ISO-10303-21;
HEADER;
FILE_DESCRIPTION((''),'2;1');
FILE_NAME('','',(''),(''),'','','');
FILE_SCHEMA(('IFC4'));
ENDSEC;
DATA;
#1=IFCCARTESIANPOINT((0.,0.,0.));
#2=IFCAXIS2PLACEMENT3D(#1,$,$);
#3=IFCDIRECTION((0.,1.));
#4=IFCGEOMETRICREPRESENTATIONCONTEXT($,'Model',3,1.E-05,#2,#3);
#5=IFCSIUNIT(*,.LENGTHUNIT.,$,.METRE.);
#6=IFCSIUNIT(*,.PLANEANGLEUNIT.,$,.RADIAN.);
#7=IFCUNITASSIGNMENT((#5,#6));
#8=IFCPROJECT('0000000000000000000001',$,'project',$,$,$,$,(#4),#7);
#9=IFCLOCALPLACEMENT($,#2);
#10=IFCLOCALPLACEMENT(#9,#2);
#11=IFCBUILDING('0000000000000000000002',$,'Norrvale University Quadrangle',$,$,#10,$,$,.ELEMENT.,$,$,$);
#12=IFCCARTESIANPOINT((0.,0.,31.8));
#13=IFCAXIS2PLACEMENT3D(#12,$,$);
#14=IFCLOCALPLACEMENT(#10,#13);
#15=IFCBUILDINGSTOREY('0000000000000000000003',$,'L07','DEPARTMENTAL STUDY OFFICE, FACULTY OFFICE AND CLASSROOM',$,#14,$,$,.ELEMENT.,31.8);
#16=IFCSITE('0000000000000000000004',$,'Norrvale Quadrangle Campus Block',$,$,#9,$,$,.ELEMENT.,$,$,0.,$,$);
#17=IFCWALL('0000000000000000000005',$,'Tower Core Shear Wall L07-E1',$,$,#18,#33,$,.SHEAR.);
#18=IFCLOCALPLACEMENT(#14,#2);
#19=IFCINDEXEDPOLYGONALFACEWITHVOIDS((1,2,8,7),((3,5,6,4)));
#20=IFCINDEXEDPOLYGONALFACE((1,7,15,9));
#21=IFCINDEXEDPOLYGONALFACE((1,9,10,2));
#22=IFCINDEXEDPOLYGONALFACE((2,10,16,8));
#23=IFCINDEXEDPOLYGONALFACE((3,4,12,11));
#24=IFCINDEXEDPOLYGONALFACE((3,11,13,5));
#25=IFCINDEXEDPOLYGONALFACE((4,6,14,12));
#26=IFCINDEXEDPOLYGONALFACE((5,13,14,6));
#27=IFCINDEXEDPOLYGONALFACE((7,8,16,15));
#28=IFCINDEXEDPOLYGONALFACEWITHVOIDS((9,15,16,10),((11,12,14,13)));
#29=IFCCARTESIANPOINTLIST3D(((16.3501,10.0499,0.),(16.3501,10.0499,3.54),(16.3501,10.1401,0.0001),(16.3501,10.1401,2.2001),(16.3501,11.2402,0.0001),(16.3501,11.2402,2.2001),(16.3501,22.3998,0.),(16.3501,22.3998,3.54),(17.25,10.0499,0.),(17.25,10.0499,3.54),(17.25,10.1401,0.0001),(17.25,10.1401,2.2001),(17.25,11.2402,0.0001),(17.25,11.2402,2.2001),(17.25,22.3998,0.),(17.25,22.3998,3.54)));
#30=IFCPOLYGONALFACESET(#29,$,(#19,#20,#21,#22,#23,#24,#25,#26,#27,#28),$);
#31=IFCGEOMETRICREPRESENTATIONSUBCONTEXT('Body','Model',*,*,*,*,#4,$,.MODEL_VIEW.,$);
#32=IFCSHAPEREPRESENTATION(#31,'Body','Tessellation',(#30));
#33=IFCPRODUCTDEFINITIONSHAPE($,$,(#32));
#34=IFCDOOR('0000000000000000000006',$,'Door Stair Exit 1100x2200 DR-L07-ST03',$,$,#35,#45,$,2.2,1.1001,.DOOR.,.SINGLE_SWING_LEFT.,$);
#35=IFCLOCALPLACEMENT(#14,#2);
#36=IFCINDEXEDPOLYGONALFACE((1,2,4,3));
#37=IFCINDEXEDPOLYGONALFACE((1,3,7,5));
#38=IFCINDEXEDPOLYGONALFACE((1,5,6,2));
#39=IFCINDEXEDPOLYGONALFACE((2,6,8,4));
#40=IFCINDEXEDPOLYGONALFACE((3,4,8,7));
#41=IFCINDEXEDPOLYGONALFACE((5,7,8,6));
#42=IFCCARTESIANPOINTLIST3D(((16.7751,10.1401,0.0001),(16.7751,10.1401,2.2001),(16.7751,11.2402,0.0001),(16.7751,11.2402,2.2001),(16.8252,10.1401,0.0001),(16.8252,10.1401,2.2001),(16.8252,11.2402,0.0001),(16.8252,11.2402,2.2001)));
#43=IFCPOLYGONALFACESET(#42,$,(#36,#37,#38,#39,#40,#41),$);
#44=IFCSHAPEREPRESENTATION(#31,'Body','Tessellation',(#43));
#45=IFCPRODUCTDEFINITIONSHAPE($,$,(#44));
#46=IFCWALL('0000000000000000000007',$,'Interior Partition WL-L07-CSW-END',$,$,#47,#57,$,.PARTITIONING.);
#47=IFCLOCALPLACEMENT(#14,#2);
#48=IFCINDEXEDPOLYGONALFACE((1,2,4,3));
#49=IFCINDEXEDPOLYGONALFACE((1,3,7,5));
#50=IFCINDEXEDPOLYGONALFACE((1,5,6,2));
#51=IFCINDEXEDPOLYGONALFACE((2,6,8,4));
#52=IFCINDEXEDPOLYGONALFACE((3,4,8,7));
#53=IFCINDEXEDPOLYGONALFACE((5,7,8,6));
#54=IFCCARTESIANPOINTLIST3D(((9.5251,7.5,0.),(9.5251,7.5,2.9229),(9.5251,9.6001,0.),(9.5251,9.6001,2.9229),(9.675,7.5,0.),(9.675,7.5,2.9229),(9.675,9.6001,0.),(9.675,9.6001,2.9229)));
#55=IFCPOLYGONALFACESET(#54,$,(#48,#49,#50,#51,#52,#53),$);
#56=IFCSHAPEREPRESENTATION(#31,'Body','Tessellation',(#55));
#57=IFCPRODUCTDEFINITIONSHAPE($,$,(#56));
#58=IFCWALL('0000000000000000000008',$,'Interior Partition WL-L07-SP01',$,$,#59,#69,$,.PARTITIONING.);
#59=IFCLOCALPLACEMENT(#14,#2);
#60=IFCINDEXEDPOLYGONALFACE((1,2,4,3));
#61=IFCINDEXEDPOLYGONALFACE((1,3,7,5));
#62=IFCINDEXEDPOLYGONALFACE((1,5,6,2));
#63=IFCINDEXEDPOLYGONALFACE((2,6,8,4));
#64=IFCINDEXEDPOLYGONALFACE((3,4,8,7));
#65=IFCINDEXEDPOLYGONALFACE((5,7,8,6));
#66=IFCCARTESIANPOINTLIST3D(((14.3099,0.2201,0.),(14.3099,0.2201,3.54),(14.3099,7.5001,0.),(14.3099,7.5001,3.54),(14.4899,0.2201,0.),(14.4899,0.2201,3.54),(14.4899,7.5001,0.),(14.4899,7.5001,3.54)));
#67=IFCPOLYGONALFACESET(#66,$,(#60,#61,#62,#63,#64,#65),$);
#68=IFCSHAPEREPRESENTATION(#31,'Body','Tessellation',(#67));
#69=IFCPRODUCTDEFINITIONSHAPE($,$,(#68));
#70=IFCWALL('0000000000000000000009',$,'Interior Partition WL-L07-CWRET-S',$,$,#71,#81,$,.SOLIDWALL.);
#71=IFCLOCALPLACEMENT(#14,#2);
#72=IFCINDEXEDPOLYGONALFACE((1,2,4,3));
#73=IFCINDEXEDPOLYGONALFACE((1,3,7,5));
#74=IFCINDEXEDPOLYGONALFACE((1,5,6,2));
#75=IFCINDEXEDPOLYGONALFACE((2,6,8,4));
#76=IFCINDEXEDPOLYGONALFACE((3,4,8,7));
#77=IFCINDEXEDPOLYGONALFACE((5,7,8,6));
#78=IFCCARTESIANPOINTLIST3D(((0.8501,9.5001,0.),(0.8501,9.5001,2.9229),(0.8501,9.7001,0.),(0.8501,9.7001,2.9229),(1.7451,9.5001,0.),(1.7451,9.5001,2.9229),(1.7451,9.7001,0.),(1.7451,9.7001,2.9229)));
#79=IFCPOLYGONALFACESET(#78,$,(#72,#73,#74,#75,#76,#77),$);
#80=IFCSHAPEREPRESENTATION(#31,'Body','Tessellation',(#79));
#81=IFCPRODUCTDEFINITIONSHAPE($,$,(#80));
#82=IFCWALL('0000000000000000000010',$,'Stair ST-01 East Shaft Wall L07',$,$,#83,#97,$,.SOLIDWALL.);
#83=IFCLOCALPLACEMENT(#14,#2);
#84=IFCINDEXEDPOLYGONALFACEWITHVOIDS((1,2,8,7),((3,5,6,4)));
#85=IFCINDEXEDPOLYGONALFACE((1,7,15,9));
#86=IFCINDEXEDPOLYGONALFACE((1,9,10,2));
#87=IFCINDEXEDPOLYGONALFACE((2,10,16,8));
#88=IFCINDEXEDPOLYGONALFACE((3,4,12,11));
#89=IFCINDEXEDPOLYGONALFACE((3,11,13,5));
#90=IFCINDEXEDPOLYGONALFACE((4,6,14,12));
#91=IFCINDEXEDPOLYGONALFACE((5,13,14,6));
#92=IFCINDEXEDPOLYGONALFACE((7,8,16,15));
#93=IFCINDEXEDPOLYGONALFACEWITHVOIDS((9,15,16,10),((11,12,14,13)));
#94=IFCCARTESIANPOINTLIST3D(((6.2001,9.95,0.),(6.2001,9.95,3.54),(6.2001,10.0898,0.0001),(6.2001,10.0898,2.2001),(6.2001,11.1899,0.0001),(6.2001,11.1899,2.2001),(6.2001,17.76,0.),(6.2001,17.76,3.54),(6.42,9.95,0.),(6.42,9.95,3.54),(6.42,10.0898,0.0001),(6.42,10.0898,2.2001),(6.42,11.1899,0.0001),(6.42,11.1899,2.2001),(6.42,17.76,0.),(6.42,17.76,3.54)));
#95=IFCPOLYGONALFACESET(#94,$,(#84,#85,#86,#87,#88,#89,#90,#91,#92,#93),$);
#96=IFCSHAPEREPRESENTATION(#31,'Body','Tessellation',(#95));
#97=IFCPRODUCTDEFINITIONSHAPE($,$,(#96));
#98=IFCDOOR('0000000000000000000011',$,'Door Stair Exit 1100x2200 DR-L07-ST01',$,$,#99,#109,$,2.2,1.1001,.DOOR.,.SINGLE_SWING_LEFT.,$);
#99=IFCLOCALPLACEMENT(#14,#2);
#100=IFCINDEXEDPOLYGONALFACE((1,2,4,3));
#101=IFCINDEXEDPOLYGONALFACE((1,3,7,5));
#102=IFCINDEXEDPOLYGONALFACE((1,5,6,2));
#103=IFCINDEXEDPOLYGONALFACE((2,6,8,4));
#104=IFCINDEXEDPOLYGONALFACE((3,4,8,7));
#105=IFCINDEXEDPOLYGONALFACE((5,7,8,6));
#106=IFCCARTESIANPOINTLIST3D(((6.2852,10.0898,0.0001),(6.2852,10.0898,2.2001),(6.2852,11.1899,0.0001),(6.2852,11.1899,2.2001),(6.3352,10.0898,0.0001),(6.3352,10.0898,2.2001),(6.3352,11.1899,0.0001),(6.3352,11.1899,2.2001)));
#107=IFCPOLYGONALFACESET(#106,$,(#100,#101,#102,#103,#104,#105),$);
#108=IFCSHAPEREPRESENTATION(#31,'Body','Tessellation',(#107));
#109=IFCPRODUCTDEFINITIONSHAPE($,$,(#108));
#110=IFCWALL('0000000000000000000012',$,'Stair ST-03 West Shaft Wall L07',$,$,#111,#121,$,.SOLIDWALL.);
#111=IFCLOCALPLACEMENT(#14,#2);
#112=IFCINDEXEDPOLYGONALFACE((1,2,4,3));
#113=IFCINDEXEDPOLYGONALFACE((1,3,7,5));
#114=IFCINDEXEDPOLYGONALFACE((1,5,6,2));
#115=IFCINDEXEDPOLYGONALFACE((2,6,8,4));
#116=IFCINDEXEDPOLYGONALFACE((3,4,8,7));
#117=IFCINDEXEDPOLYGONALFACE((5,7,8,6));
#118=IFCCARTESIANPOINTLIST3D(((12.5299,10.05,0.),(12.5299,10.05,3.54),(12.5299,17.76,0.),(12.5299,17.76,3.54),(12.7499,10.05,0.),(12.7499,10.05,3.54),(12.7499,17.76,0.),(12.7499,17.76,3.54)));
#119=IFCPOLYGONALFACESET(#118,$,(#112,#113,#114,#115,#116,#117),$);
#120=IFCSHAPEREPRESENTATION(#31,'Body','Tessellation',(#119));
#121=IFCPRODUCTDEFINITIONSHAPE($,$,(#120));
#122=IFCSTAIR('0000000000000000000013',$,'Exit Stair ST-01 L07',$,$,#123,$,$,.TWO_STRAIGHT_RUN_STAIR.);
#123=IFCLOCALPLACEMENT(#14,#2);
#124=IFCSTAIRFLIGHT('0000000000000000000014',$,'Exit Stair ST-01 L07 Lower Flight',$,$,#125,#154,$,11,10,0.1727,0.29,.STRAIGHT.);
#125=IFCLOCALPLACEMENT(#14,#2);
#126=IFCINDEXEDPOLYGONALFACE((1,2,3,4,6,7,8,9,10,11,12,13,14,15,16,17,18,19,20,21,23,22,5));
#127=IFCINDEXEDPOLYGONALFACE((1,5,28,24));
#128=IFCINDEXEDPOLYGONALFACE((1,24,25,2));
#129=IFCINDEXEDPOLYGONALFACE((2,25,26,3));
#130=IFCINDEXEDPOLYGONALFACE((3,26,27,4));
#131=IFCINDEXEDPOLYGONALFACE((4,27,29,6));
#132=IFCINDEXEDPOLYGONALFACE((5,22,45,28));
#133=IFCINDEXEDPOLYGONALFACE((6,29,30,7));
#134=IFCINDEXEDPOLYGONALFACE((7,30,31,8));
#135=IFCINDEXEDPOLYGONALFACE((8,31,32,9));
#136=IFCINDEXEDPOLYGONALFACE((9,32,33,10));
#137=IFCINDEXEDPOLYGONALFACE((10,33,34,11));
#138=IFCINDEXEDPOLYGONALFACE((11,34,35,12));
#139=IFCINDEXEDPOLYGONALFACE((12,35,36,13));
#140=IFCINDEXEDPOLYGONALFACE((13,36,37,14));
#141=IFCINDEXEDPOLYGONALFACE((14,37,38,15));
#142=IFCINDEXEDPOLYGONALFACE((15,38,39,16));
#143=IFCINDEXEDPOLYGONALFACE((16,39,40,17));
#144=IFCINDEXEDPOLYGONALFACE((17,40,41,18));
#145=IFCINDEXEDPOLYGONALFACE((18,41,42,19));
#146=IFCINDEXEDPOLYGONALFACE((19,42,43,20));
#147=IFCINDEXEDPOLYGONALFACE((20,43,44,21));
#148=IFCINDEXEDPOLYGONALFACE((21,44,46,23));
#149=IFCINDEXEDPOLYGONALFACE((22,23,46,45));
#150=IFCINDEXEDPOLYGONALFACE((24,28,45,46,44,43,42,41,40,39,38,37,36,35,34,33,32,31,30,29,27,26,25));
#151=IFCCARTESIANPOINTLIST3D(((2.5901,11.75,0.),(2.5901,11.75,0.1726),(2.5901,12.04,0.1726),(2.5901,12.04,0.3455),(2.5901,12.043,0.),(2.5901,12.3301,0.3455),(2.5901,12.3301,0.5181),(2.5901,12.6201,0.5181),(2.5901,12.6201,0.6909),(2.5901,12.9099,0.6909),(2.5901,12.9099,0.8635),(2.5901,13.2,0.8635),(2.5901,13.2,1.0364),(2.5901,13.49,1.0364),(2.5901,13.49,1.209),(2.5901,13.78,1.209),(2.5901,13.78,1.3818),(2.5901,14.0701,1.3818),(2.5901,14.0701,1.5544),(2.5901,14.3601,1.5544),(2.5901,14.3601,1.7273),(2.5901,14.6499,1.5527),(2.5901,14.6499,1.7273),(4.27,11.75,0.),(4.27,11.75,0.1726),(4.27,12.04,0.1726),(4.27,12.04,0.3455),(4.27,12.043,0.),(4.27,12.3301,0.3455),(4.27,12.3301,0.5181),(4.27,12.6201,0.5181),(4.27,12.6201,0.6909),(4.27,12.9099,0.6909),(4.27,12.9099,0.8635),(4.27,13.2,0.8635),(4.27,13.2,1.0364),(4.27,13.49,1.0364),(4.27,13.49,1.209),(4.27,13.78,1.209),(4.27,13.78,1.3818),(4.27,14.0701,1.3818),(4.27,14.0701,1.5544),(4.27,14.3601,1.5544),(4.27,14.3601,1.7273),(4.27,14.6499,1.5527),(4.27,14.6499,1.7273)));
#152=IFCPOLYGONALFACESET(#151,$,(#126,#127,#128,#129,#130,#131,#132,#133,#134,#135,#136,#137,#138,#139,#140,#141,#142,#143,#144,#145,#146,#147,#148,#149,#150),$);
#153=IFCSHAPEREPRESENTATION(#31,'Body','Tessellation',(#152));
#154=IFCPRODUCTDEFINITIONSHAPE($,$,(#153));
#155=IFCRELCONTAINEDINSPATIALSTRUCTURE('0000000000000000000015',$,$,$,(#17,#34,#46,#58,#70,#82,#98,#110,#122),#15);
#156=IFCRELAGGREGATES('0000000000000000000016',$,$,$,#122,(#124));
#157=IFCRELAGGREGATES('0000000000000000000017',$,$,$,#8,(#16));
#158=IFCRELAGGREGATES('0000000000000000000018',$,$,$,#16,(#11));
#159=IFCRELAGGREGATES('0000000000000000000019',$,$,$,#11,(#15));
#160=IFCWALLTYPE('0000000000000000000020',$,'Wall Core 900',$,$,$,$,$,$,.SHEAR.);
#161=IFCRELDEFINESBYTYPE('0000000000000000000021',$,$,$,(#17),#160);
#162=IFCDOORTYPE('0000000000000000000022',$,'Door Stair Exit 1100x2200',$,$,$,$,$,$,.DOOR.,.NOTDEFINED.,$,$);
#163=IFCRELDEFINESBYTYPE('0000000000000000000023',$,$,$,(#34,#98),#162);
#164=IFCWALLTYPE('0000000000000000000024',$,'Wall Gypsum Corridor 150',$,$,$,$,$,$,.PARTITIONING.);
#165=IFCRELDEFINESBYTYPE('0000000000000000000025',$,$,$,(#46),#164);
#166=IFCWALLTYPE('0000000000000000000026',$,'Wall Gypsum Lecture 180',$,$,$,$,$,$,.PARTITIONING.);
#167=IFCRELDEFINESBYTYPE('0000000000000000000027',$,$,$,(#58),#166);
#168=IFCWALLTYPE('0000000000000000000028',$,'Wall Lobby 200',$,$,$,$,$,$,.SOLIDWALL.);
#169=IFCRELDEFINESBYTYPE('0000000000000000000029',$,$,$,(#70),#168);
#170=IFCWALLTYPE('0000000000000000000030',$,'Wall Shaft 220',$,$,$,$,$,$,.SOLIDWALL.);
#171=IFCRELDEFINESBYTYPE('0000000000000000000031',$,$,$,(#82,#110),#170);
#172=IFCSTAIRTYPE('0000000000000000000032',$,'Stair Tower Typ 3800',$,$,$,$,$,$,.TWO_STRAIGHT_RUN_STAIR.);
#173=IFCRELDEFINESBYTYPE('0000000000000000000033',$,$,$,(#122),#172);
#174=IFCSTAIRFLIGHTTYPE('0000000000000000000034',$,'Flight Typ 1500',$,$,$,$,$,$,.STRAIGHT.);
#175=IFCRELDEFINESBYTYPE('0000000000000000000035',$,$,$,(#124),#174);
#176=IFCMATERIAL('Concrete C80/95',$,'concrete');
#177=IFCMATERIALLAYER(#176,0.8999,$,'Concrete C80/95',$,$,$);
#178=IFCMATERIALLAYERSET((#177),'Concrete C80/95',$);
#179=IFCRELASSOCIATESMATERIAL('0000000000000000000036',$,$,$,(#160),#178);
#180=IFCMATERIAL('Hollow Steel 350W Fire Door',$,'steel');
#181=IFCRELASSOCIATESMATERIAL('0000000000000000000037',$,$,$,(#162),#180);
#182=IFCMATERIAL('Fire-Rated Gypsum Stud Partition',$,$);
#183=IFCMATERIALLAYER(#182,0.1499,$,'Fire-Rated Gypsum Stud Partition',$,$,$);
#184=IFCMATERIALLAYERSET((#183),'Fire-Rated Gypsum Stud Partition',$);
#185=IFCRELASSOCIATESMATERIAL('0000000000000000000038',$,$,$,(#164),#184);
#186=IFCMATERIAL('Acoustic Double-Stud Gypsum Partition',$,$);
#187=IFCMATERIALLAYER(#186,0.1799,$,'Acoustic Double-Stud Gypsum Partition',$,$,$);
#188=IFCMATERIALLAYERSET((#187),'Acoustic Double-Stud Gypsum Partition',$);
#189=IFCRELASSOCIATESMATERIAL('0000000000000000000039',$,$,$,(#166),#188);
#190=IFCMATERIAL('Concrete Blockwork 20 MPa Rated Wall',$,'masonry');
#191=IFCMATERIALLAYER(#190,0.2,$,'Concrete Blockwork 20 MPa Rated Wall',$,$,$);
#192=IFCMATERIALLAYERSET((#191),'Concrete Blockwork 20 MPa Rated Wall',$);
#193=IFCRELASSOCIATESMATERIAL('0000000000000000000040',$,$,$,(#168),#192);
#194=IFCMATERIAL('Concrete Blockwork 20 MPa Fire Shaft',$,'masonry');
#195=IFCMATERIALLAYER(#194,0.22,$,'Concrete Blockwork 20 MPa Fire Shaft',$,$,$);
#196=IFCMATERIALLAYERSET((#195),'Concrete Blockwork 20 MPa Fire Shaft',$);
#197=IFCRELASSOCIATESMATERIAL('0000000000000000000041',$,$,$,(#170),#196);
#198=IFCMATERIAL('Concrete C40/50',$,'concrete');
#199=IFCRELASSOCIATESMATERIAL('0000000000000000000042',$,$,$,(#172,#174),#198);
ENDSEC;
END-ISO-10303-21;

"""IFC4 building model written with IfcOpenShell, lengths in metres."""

from ifc_helpers import new_model, si_unit, direction, frame, frame_2d, origin, place, context, subcontext, project, spatial, polyline, rectangle, outline, extrude, material, layer, layer_set, type_object, element, fill, aggregate, save


model = new_model("IFC4")

# Units and contexts
model_context = context("Model", 3, precision=1e-05, world=origin(), true_north=direction((0.0, 1.0)))
body_context = subcontext(model_context, "Body", "Model", "MODEL_VIEW")
ifc_project = project(units=[si_unit("LENGTHUNIT", "METRE"), si_unit("PLANEANGLEUNIT", "RADIAN")], contexts=[model_context])

# Site, building, storey
site_placement = place(None, origin())
site = spatial("IfcSite", under=ifc_project, at=site_placement, Name="Norrvale Quadrangle Campus Block", CompositionType="ELEMENT", RefElevation=0.0)
building_placement = place(site_placement, origin())
building = spatial("IfcBuilding", under=site, at=building_placement, Name="Norrvale University Quadrangle", CompositionType="ELEMENT")
storey_placement = place(building_placement, frame((0.0, 0.0, 31.8)))
storey = spatial("IfcBuildingStorey", under=building, at=storey_placement, Name="L07", Description="DEPARTMENTAL STUDY OFFICE, FACULTY OFFICE AND CLASSROOM", CompositionType="ELEMENT", Elevation=31.8)

# Shared definitions
ifc_material_1 = material(Name="Concrete C80/95", Category="concrete")

# Shared definitions
ifc_layer_1 = layer(ifc_material_1, 0.8999, Name="Concrete C80/95")
ifc_layer_set_1 = layer_set([ifc_layer_1], Name="Concrete C80/95")
wall_type_1 = type_object("IfcWallType", Name="Wall Core 900", PredefinedType="SHEAR", material=ifc_layer_set_1)

# Wall, opening, door
wall_1_placement = place(storey_placement, frame((16.8, 10.05, 0.0), z_axis=(0.0, 0.0, 1.0), x_axis=(0.0, 1.0, 0.0)))
wall_1 = element("IfcWall", 1, at=wall_1_placement, inside=storey, type_object=wall_type_1, Name="Tower Core Shear Wall L07-E1", PredefinedType="SHEAR", context=body_context, shape_type="SweptSolid", body=[
    extrude(rectangle(XDim=12.3499, YDim=0.8999, at=frame_2d((6.1748, 0.0))), origin(), (0.0, 0.0, 1.0), 3.54),
])
opening_1_placement = place(wall_1_placement, frame((0.0901, 0.0, 0.0)))
opening_1 = element("IfcOpeningElement", 2, at=opening_1_placement, cuts=wall_1, PredefinedType="OPENING", context=body_context, shape_type="SweptSolid", body=[
    extrude(rectangle(XDim=1.1001, YDim=2.2, at=frame_2d((0.55, 1.1001))), frame((0.0, 0.4619, 0.0), z_axis=(0.0, -1.0, 0.0), x_axis=(1.0, 0.0, 0.0)), (0.0, 0.0, 1.0), 0.9238),
])
ifc_material_2 = material(Name="Hollow Steel 350W Fire Door", Category="steel")
door_type = type_object("IfcDoorType", Name="Door Stair Exit 1100x2200", OperationType="NOTDEFINED", PredefinedType="DOOR", material=ifc_material_2)
door_1_placement = place(opening_1_placement, origin())
door_1 = element("IfcDoor", 3, at=door_1_placement, inside=storey, type_object=door_type, Name="Door Stair Exit 1100x2200 DR-L07-ST03", OperationType="SINGLE_SWING_LEFT", OverallHeight=2.2, OverallWidth=1.1001, PredefinedType="DOOR", context=body_context, shape_type="SweptSolid", body=[
    extrude(rectangle(XDim=1.1001, YDim=2.2, at=frame_2d((0.55, 1.1001))), frame((0.0, 0.0249, 0.0), z_axis=(0.0, -1.0, 0.0), x_axis=(1.0, 0.0, 0.0)), (0.0, 0.0, 1.0), 0.05),
])
fill(opening_1, door_1)

# Walls
ifc_material_3 = material(Name="Fire-Rated Gypsum Stud Partition")
ifc_layer_2 = layer(ifc_material_3, 0.1499, Name="Fire-Rated Gypsum Stud Partition")
ifc_layer_set_2 = layer_set([ifc_layer_2], Name="Fire-Rated Gypsum Stud Partition")
wall_type_2 = type_object("IfcWallType", Name="Wall Gypsum Corridor 150", PredefinedType="PARTITIONING", material=ifc_layer_set_2)
wall_2_placement = place(storey_placement, frame((9.6001, 7.5, 0.0), z_axis=(0.0, 0.0, 1.0), x_axis=(0.0, 1.0, 0.0)))
element("IfcWall", 4, at=wall_2_placement, inside=storey, type_object=wall_type_2, Name="Interior Partition WL-L07-CSW-END", PredefinedType="PARTITIONING", context=body_context, shape_type="SweptSolid", body=[
    extrude(rectangle(XDim=2.1001, YDim=0.1499, at=frame_2d((1.05, 0.0))), origin(), (0.0, 0.0, 1.0), 2.9229),
])
ifc_material_4 = material(Name="Acoustic Double-Stud Gypsum Partition")
ifc_layer_3 = layer(ifc_material_4, 0.1799, Name="Acoustic Double-Stud Gypsum Partition")
ifc_layer_set_3 = layer_set([ifc_layer_3], Name="Acoustic Double-Stud Gypsum Partition")
wall_type_3 = type_object("IfcWallType", Name="Wall Gypsum Lecture 180", PredefinedType="PARTITIONING", material=ifc_layer_set_3)
wall_3_placement = place(storey_placement, frame((14.3999, 0.22, 0.0), z_axis=(0.0, 0.0, 1.0), x_axis=(0.0, 1.0, 0.0)))
element("IfcWall", 5, at=wall_3_placement, inside=storey, type_object=wall_type_3, Name="Interior Partition WL-L07-SP01", PredefinedType="PARTITIONING", context=body_context, shape_type="SweptSolid", body=[
    extrude(rectangle(XDim=7.28, YDim=0.1799, at=frame_2d((3.6401, 0.0))), origin(), (0.0, 0.0, 1.0), 3.54),
])
ifc_material_5 = material(Name="Concrete Blockwork 20 MPa Rated Wall", Category="masonry")
ifc_layer_4 = layer(ifc_material_5, 0.2, Name="Concrete Blockwork 20 MPa Rated Wall")
ifc_layer_set_4 = layer_set([ifc_layer_4], Name="Concrete Blockwork 20 MPa Rated Wall")
wall_type_4 = type_object("IfcWallType", Name="Wall Lobby 200", PredefinedType="SOLIDWALL", material=ifc_layer_set_4)
wall_4_placement = place(storey_placement, frame((0.8501, 9.6001, 0.0), z_axis=(0.0, 0.0, 1.0), x_axis=(1.0, 0.0, 0.0)))
element("IfcWall", 6, at=wall_4_placement, inside=storey, type_object=wall_type_4, Name="Interior Partition WL-L07-CWRET-S", PredefinedType="SOLIDWALL", context=body_context, shape_type="SweptSolid", body=[
    extrude(rectangle(XDim=0.895, YDim=0.2, at=frame_2d((0.4475, 0.0))), origin(), (0.0, 0.0, 1.0), 2.9229),
])

# Wall, opening, door
ifc_material_6 = material(Name="Concrete Blockwork 20 MPa Fire Shaft", Category="masonry")
ifc_layer_5 = layer(ifc_material_6, 0.22, Name="Concrete Blockwork 20 MPa Fire Shaft")
ifc_layer_set_5 = layer_set([ifc_layer_5], Name="Concrete Blockwork 20 MPa Fire Shaft")
wall_type_5 = type_object("IfcWallType", Name="Wall Shaft 220", PredefinedType="SOLIDWALL", material=ifc_layer_set_5)
wall_5_placement = place(storey_placement, frame((6.3101, 9.95, 0.0), z_axis=(0.0, 0.0, 1.0), x_axis=(0.0, 1.0, 0.0)))
wall_5 = element("IfcWall", 7, at=wall_5_placement, inside=storey, type_object=wall_type_5, Name="Stair ST-01 East Shaft Wall L07", PredefinedType="SOLIDWALL", context=body_context, shape_type="SweptSolid", body=[
    extrude(rectangle(XDim=7.8101, YDim=0.22, at=frame_2d((3.905, 0.0))), origin(), (0.0, 0.0, 1.0), 3.54),
])
opening_2_placement = place(wall_5_placement, frame((0.1399, 0.0, 0.0)))
opening_2 = element("IfcOpeningElement", 8, at=opening_2_placement, cuts=wall_5, PredefinedType="OPENING", context=body_context, shape_type="SweptSolid", body=[
    extrude(rectangle(XDim=1.1001, YDim=2.2, at=frame_2d((0.55, 1.1001))), frame((0.0, 0.1221, 0.0), z_axis=(0.0, -1.0, 0.0), x_axis=(1.0, 0.0, 0.0)), (0.0, 0.0, 1.0), 0.2439),
])
door_2_placement = place(opening_2_placement, origin())
door_2 = element("IfcDoor", 9, at=door_2_placement, inside=storey, type_object=door_type, Name="Door Stair Exit 1100x2200 DR-L07-ST01", OperationType="SINGLE_SWING_LEFT", OverallHeight=2.2, OverallWidth=1.1001, PredefinedType="DOOR", context=body_context, shape_type="SweptSolid", body=[
    extrude(rectangle(XDim=1.1001, YDim=2.2, at=frame_2d((0.55, 1.1001))), frame((0.0, 0.0249, 0.0), z_axis=(0.0, -1.0, 0.0), x_axis=(1.0, 0.0, 0.0)), (0.0, 0.0, 1.0), 0.05),
])
fill(opening_2, door_2)

# Wall
wall_6_placement = place(storey_placement, frame((12.6399, 10.05, 0.0), z_axis=(0.0, 0.0, 1.0), x_axis=(0.0, 1.0, 0.0)))
element("IfcWall", 10, at=wall_6_placement, inside=storey, type_object=wall_type_5, Name="Stair ST-03 West Shaft Wall L07", PredefinedType="SOLIDWALL", context=body_context, shape_type="SweptSolid", body=[
    extrude(rectangle(XDim=7.71, YDim=0.22, at=frame_2d((3.855, 0.0))), origin(), (0.0, 0.0, 1.0), 3.54),
])

# Stair, stair flight
ifc_material_7 = material(Name="Concrete C40/50", Category="concrete")
stair_type = type_object("IfcStairType", Name="Stair Tower Typ 3800", PredefinedType="TWO_STRAIGHT_RUN_STAIR", material=ifc_material_7)
stair_placement = place(storey_placement, origin())
stair = element("IfcStair", 11, at=stair_placement, inside=storey, type_object=stair_type, Name="Exit Stair ST-01 L07", PredefinedType="TWO_STRAIGHT_RUN_STAIR")
stair_flight_type = type_object("IfcStairFlightType", Name="Flight Typ 1500", PredefinedType="STRAIGHT", material=ifc_material_7)
stair_flight_placement = place(storey_placement, frame((3.4299, 11.75, 0.0), z_axis=(0.0, 0.0, 1.0), x_axis=(0.0, 1.0, 0.0)))
stair_flight = element("IfcStairFlight", 12, at=stair_flight_placement, type_object=stair_flight_type, Name="Exit Stair ST-01 L07 Lower Flight", NumberOfRisers=11, NumberOfTreads=10, PredefinedType="STRAIGHT", RiserHeight=0.1727, TreadLength=0.29, context=body_context, shape_type="SweptSolid", body=[
    extrude(outline(polyline([(0.0, 0.0), (0.0, 0.1726), (0.29, 0.1726), (0.29, 0.3455), (0.5801, 0.3455), (0.5801, 0.5181), (0.8701, 0.5181), (0.8701, 0.6909), (1.1599, 0.6909), (1.1599, 0.8635), (1.45, 0.8635), (1.45, 1.0364), (1.74, 1.0364), (1.74, 1.209), (2.03, 1.209), (2.03, 1.3818), (2.3201, 1.3818), (2.3201, 1.5544), (2.6101, 1.5544), (2.6101, 1.7273), (2.8999, 1.7273), (2.8999, 1.8999), (2.8999, 1.5527), (0.293, 0.0), (0.0, 0.0)])), frame((0.0, 0.8398, 0.0), z_axis=(0.0, -1.0, 0.0), x_axis=(1.0, 0.0, 0.0)), (0.0, 0.0, 1.0), 1.6799),
])
aggregate(stair, [stair_flight])

save(model, "model.ifc")
